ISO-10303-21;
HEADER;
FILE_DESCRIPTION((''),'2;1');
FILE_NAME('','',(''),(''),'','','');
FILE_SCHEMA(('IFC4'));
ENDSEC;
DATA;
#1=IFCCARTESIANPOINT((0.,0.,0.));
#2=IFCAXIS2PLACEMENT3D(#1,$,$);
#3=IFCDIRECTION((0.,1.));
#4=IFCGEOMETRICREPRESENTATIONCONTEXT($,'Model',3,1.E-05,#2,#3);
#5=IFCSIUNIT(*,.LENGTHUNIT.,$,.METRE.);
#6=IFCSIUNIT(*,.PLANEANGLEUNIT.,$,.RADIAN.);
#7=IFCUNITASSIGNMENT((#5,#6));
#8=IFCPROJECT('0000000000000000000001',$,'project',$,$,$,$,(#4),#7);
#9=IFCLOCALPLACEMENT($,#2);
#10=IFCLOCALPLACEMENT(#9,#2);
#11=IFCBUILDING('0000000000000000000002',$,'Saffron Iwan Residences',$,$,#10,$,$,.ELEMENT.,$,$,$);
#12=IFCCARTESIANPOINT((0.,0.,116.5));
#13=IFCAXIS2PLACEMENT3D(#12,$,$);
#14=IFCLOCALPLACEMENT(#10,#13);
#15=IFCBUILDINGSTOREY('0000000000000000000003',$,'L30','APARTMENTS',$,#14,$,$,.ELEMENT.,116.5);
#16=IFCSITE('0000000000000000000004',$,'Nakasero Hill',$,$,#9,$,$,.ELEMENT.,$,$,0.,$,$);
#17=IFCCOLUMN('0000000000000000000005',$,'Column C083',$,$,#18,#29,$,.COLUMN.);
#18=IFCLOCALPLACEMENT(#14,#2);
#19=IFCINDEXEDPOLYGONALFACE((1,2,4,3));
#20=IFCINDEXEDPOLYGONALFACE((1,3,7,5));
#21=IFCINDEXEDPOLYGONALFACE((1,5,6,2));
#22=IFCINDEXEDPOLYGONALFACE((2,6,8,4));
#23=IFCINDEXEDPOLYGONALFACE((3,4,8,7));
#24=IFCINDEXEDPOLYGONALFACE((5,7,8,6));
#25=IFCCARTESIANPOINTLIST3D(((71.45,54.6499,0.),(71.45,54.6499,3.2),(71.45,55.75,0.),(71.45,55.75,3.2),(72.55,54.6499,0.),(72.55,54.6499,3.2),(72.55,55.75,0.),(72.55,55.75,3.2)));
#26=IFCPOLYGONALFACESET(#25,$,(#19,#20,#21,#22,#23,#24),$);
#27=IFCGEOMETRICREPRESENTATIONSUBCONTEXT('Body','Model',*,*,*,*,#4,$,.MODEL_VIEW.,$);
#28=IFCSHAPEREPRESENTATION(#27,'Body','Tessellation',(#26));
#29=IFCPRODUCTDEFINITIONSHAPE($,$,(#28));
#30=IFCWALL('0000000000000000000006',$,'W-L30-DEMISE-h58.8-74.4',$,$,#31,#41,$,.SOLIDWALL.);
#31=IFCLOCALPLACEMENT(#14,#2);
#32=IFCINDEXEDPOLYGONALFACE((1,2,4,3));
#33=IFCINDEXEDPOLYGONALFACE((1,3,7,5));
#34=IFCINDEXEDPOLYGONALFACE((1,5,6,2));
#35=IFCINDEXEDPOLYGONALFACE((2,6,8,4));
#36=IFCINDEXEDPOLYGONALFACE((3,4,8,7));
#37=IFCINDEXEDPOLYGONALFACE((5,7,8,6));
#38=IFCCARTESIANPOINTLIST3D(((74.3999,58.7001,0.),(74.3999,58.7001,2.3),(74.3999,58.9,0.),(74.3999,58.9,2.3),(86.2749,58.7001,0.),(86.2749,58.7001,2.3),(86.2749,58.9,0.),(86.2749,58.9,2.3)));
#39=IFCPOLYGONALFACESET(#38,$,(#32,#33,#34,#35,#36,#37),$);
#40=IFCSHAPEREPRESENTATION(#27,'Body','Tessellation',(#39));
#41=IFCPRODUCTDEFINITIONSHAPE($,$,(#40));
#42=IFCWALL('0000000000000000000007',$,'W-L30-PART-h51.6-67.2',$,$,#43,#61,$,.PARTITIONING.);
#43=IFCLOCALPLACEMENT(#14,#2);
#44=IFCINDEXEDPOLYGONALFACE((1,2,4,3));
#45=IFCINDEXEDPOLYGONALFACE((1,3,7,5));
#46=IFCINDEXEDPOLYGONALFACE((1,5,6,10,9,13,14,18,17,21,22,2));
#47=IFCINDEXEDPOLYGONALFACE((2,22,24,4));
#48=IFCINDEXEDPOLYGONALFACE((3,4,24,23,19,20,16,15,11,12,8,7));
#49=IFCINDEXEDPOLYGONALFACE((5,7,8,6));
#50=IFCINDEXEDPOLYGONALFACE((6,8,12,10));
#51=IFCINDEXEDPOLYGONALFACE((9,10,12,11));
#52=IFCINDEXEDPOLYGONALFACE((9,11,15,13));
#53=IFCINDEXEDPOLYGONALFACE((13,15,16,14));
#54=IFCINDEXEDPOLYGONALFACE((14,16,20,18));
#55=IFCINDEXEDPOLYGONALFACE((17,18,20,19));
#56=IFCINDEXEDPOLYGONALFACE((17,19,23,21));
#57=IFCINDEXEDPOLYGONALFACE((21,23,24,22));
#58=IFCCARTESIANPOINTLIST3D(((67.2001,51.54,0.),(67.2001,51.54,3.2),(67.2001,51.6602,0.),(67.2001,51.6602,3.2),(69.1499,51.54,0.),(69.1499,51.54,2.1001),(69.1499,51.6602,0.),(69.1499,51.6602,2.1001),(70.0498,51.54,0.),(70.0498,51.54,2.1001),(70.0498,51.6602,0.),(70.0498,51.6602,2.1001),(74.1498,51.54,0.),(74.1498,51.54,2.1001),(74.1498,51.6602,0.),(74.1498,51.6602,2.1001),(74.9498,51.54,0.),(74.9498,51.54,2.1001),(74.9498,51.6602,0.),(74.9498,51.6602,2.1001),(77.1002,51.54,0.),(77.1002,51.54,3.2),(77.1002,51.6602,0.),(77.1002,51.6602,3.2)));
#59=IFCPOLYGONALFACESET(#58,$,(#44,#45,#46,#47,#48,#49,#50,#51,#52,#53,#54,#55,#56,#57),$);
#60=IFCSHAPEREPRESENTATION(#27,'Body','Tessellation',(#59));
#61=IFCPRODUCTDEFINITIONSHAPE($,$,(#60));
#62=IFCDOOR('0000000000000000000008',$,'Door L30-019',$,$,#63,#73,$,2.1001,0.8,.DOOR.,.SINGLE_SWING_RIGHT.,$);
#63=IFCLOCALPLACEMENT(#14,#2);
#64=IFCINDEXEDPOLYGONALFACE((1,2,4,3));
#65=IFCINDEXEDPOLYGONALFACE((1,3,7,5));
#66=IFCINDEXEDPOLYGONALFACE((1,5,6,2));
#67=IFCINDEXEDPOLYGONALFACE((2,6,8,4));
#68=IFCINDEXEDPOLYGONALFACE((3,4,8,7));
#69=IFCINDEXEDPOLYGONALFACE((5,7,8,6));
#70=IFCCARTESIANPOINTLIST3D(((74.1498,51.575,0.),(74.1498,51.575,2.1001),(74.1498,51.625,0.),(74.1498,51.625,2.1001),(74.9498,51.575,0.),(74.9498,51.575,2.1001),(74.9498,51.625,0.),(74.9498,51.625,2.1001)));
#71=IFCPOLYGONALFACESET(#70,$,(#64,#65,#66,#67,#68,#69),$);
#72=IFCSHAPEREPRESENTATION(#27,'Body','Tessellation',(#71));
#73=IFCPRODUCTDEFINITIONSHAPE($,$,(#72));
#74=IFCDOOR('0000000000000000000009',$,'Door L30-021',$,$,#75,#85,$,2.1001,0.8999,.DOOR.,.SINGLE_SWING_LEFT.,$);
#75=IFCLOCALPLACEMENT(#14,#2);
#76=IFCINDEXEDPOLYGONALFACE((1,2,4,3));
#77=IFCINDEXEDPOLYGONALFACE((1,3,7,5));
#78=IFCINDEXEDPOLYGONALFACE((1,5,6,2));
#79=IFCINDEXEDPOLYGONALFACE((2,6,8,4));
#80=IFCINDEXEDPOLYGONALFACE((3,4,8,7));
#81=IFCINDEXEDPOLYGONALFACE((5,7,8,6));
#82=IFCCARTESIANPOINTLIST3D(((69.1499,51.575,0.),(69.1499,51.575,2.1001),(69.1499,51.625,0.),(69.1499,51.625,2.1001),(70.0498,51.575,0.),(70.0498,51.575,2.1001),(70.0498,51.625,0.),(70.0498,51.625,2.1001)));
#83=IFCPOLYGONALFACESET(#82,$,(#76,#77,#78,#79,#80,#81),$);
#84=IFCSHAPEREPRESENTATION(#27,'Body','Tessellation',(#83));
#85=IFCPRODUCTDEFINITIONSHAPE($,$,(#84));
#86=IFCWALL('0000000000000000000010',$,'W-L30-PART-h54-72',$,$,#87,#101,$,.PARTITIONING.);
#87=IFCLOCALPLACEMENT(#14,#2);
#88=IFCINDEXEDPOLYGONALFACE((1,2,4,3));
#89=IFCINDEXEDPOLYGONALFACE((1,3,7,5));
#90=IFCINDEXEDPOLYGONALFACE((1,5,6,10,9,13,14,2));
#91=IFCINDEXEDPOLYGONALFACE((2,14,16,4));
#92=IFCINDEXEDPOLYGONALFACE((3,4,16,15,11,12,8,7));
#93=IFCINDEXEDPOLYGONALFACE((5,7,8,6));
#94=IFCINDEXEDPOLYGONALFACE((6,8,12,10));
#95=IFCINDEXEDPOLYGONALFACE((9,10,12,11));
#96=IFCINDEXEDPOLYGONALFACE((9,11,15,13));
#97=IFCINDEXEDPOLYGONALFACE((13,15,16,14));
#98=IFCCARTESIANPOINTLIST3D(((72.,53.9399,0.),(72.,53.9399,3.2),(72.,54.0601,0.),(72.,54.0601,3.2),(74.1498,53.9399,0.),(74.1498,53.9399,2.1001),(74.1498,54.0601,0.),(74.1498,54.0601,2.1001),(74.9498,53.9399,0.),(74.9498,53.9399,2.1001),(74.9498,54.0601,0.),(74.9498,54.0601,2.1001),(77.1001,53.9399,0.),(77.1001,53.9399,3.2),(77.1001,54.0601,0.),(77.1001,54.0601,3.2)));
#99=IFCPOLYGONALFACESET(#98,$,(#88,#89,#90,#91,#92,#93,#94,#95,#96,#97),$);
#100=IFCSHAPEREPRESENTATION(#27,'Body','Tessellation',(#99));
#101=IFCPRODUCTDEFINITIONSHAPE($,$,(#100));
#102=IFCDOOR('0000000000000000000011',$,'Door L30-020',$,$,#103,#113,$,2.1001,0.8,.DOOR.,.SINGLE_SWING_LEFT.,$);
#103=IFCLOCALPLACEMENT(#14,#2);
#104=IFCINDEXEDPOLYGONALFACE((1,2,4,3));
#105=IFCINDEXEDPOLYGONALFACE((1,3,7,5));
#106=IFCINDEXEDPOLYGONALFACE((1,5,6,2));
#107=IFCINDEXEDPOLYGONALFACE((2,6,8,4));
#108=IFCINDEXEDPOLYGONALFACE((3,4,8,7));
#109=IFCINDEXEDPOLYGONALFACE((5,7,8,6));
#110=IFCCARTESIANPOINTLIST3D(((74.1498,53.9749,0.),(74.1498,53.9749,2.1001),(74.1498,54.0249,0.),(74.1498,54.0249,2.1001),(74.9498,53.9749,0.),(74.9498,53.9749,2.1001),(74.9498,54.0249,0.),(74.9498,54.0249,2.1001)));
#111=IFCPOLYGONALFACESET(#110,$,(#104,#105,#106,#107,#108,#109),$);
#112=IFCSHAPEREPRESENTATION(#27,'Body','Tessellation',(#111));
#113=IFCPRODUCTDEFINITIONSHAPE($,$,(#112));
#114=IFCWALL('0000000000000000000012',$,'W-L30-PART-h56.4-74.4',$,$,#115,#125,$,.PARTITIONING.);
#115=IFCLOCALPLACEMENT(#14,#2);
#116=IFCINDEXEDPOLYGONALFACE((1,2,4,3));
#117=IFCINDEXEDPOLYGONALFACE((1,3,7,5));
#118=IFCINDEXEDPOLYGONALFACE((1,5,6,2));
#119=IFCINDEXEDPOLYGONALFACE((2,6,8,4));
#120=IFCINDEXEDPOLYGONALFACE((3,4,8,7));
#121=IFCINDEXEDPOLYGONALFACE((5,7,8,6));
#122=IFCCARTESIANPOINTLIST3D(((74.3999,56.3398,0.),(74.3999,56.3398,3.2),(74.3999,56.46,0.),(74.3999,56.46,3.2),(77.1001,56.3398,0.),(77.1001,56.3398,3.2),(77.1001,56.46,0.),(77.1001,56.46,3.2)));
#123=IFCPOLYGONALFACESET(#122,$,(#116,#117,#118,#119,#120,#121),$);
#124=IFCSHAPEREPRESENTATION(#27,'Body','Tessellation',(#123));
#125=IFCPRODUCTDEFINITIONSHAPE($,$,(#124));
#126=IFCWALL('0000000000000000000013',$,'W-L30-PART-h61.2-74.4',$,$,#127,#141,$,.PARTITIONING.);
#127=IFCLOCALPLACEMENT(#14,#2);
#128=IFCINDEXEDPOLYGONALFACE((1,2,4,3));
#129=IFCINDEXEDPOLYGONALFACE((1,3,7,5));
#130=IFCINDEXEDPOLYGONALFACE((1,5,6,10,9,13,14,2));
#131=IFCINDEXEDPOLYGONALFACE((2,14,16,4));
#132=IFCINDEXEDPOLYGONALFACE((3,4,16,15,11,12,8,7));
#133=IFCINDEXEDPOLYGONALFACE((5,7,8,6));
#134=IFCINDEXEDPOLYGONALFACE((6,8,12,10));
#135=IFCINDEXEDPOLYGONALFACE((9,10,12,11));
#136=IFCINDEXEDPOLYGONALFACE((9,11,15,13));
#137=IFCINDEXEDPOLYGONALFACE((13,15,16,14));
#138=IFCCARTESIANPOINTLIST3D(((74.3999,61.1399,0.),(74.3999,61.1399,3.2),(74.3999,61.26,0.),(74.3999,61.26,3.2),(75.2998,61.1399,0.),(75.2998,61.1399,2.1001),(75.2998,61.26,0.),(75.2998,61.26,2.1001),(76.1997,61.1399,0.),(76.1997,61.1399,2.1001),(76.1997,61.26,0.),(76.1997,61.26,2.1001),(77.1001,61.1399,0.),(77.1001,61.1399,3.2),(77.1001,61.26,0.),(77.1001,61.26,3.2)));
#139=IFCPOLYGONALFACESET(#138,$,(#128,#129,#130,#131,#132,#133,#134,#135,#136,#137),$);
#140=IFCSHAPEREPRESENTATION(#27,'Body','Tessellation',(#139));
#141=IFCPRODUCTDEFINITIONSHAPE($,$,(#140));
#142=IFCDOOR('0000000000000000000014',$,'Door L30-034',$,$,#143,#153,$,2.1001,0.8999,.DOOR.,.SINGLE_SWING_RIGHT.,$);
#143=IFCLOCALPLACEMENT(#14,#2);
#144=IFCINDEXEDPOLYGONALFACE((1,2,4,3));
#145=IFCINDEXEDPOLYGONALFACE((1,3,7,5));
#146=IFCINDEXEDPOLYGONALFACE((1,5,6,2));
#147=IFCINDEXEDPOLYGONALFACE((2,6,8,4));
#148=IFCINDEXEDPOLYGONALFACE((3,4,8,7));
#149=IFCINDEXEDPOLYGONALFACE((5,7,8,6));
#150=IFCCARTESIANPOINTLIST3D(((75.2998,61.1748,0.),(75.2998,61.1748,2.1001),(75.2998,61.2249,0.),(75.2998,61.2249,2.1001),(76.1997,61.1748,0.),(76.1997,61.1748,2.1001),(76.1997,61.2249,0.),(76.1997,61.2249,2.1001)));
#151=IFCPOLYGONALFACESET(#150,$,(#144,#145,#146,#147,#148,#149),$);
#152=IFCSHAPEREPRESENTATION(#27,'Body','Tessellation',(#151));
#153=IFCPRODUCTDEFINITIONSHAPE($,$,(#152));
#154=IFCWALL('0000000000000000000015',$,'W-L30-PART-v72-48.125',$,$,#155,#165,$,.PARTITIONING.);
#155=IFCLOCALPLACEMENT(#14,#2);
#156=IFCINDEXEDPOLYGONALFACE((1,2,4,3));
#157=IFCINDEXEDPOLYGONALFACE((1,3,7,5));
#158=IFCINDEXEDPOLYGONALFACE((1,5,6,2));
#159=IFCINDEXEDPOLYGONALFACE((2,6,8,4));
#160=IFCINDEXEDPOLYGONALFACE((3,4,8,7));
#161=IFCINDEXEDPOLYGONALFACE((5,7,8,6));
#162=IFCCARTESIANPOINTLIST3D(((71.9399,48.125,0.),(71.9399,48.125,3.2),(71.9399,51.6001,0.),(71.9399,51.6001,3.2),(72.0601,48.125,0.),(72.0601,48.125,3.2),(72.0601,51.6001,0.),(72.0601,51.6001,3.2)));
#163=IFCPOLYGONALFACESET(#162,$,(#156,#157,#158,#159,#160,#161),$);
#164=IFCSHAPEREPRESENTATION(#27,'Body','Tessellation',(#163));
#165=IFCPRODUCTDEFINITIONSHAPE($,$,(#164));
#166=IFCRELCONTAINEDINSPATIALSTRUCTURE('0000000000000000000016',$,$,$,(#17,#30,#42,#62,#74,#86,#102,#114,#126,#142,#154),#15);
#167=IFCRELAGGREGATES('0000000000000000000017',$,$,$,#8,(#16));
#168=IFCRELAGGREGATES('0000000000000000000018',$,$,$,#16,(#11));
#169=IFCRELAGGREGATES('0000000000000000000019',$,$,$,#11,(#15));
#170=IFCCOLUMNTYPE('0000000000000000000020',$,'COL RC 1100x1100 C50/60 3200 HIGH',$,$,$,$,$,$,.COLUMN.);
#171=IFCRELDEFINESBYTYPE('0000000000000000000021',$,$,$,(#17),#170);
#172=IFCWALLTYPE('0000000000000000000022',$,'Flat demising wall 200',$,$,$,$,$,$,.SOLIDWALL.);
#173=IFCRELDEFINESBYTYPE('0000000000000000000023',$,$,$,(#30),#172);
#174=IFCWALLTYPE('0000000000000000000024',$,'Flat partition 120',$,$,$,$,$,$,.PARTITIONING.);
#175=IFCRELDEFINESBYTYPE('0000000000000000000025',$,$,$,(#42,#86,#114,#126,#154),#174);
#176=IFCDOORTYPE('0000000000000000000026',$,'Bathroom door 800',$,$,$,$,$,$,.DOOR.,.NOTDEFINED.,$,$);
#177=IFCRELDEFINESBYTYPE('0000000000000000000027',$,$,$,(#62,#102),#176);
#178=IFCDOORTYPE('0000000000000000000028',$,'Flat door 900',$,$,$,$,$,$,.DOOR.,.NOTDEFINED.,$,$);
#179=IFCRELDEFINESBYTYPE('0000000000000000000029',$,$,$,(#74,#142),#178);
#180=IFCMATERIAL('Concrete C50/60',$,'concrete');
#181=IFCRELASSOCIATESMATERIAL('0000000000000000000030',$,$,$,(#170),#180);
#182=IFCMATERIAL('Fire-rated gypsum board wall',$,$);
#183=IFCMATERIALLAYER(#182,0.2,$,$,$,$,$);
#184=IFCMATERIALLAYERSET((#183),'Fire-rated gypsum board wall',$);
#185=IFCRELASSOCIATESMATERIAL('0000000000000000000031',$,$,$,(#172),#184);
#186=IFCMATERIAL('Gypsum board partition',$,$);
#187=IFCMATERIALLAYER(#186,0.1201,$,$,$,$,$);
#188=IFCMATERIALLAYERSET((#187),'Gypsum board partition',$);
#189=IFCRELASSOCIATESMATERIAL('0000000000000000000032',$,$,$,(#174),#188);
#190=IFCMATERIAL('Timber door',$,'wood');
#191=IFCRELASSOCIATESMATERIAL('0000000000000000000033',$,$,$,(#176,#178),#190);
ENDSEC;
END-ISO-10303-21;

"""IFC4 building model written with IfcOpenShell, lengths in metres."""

from ifc_helpers import new_model, si_unit, direction, frame, frame_2d, origin, origin_2d, place, context, subcontext, project, spatial, rectangle, extrude, source, transform, mapped, material, layer, layer_set, material_profile, profile_set, type_object, element, fill, save


model = new_model("IFC4")

# Units and contexts
model_context = context("Model", 3, precision=1e-05, world=origin(), true_north=direction((0.0, 1.0)))
body_context = subcontext(model_context, "Body", "Model", "MODEL_VIEW")
ifc_project = project(units=[si_unit("LENGTHUNIT", "METRE"), si_unit("PLANEANGLEUNIT", "RADIAN")], contexts=[model_context])

# Site, building, storey
site_placement = place(None, origin())
site = spatial("IfcSite", under=ifc_project, at=site_placement, Name="Nakasero Hill", CompositionType="ELEMENT", RefElevation=0.0)
building_placement = place(site_placement, origin())
building = spatial("IfcBuilding", under=site, at=building_placement, Name="Saffron Iwan Residences", CompositionType="ELEMENT")
storey_placement = place(building_placement, frame((0.0, 0.0, 116.5)))
storey = spatial("IfcBuildingStorey", under=building, at=storey_placement, Name="L30", Description="APARTMENTS", CompositionType="ELEMENT", Elevation=116.5)

# Column
ifc_material_1 = material(Name="Concrete C50/60", Category="concrete")
ifc_material_profile = material_profile(ifc_material_1, rectangle(XDim=1.1001, YDim=1.1001, at=origin_2d()), Name="RC 1100x1100")
ifc_profile_set = profile_set([ifc_material_profile], Name="Concrete C50/60")
column_type = type_object("IfcColumnType", Name="COL RC 1100x1100 C50/60 3200 HIGH", PredefinedType="COLUMN", material=ifc_profile_set)
shared_shape = source(origin(), body_context, "Body", "SweptSolid", [
    extrude(rectangle(XDim=1.1001, YDim=1.1001, at=origin_2d()), origin(), (0.0, 0.0, 1.0), 3.2),
])
column_placement = place(storey_placement, frame((72.0, 55.2, 0.0), z_axis=(0.0, 0.0, 1.0), x_axis=(1.0, 0.0, 0.0)))
element("IfcColumn", 1, at=column_placement, inside=storey, type_object=column_type, Name="Column C083", PredefinedType="COLUMN", context=body_context, shape_type="MappedRepresentation", body=[
    mapped(shared_shape, transform((0.0, 0.0, 0.0))),
])

# Wall
ifc_material_2 = material(Name="Fire-rated gypsum board wall")
ifc_layer_1 = layer(ifc_material_2, 0.2)
ifc_layer_set_1 = layer_set([ifc_layer_1], Name="Fire-rated gypsum board wall")
wall_type_1 = type_object("IfcWallType", Name="Flat demising wall 200", PredefinedType="SOLIDWALL", material=ifc_layer_set_1)
wall_1_placement = place(storey_placement, frame((74.3999, 58.8, 0.0), z_axis=(0.0, 0.0, 1.0), x_axis=(1.0, 0.0, 0.0)))
element("IfcWall", 2, at=wall_1_placement, inside=storey, type_object=wall_type_1, Name="W-L30-DEMISE-h58.8-74.4", PredefinedType="SOLIDWALL", context=body_context, shape_type="SweptSolid", body=[
    extrude(rectangle(XDim=11.875, YDim=0.2, at=frame_2d((5.9375, 0.0))), origin(), (0.0, 0.0, 1.0), 2.3),
])

# Wall, openings, doors
ifc_material_3 = material(Name="Gypsum board partition")
ifc_layer_2 = layer(ifc_material_3, 0.1201)
ifc_layer_set_2 = layer_set([ifc_layer_2], Name="Gypsum board partition")
wall_type_2 = type_object("IfcWallType", Name="Flat partition 120", PredefinedType="PARTITIONING", material=ifc_layer_set_2)
wall_2_placement = place(storey_placement, frame((67.2, 51.6001, 0.0), z_axis=(0.0, 0.0, 1.0), x_axis=(1.0, 0.0, 0.0)))
wall_2 = element("IfcWall", 3, at=wall_2_placement, inside=storey, type_object=wall_type_2, Name="W-L30-PART-h51.6-67.2", PredefinedType="PARTITIONING", context=body_context, shape_type="SweptSolid", body=[
    extrude(rectangle(XDim=9.9001, YDim=0.1201, at=frame_2d((4.9502, 0.0))), origin(), (0.0, 0.0, 1.0), 3.2),
])
opening_1_placement = place(wall_2_placement, frame((6.95, 0.0, 0.0)))
opening_1 = element("IfcOpeningElement", 4, at=opening_1_placement, cuts=wall_2, PredefinedType="OPENING", context=body_context, shape_type="SweptSolid", body=[
    extrude(rectangle(XDim=0.8, YDim=2.1001, at=frame_2d((0.3999, 1.05))), frame((0.0, 0.0701, 0.0), z_axis=(0.0, -1.0, 0.0), x_axis=(1.0, 0.0, 0.0)), (0.0, 0.0, 1.0), 0.1401),
])
opening_2_placement = place(wall_2_placement, frame((1.95, 0.0, 0.0)))
opening_2 = element("IfcOpeningElement", 5, at=opening_2_placement, cuts=wall_2, PredefinedType="OPENING", context=body_context, shape_type="SweptSolid", body=[
    extrude(rectangle(XDim=0.8999, YDim=2.1001, at=frame_2d((0.45, 1.05))), frame((0.0, 0.0701, 0.0), z_axis=(0.0, -1.0, 0.0), x_axis=(1.0, 0.0, 0.0)), (0.0, 0.0, 1.0), 0.1401),
])
ifc_material_4 = material(Name="Timber door", Category="wood")
door_type_1 = type_object("IfcDoorType", Name="Bathroom door 800", OperationType="NOTDEFINED", PredefinedType="DOOR", material=ifc_material_4)
door_1_placement = place(opening_1_placement, origin())
door_1 = element("IfcDoor", 6, at=door_1_placement, inside=storey, type_object=door_type_1, Name="Door L30-019", OperationType="SINGLE_SWING_RIGHT", OverallHeight=2.1001, OverallWidth=0.8, PredefinedType="DOOR", context=body_context, shape_type="SweptSolid", body=[
    extrude(rectangle(XDim=0.8, YDim=2.1001, at=frame_2d((0.3999, 1.05))), frame((0.0, 0.0249, 0.0), z_axis=(0.0, -1.0, 0.0), x_axis=(1.0, 0.0, 0.0)), (0.0, 0.0, 1.0), 0.05),
])
fill(opening_1, door_1)
door_type_2 = type_object("IfcDoorType", Name="Flat door 900", OperationType="NOTDEFINED", PredefinedType="DOOR", material=ifc_material_4)
door_2_placement = place(opening_2_placement, origin())
door_2 = element("IfcDoor", 7, at=door_2_placement, inside=storey, type_object=door_type_2, Name="Door L30-021", OperationType="SINGLE_SWING_LEFT", OverallHeight=2.1001, OverallWidth=0.8999, PredefinedType="DOOR", context=body_context, shape_type="SweptSolid", body=[
    extrude(rectangle(XDim=0.8999, YDim=2.1001, at=frame_2d((0.45, 1.05))), frame((0.0, 0.0249, 0.0), z_axis=(0.0, -1.0, 0.0), x_axis=(1.0, 0.0, 0.0)), (0.0, 0.0, 1.0), 0.05),
])
fill(opening_2, door_2)

# Wall, opening, door
wall_3_placement = place(storey_placement, frame((72.0, 54.0, 0.0), z_axis=(0.0, 0.0, 1.0), x_axis=(1.0, 0.0, 0.0)))
wall_3 = element("IfcWall", 8, at=wall_3_placement, inside=storey, type_object=wall_type_2, Name="W-L30-PART-h54-72", PredefinedType="PARTITIONING", context=body_context, shape_type="SweptSolid", body=[
    extrude(rectangle(XDim=5.1001, YDim=0.1201, at=frame_2d((2.55, 0.0))), origin(), (0.0, 0.0, 1.0), 3.2),
])
opening_3_placement = place(wall_3_placement, frame((2.1499, 0.0, 0.0)))
opening_3 = element("IfcOpeningElement", 9, at=opening_3_placement, cuts=wall_3, PredefinedType="OPENING", context=body_context, shape_type="SweptSolid", body=[
    extrude(rectangle(XDim=0.8, YDim=2.1001, at=frame_2d((0.3999, 1.05))), frame((0.0, 0.0701, 0.0), z_axis=(0.0, -1.0, 0.0), x_axis=(1.0, 0.0, 0.0)), (0.0, 0.0, 1.0), 0.1401),
])
door_3_placement = place(opening_3_placement, origin())
door_3 = element("IfcDoor", 10, at=door_3_placement, inside=storey, type_object=door_type_1, Name="Door L30-020", OperationType="SINGLE_SWING_LEFT", OverallHeight=2.1001, OverallWidth=0.8, PredefinedType="DOOR", context=body_context, shape_type="SweptSolid", body=[
    extrude(rectangle(XDim=0.8, YDim=2.1001, at=frame_2d((0.3999, 1.05))), frame((0.0, 0.0249, 0.0), z_axis=(0.0, -1.0, 0.0), x_axis=(1.0, 0.0, 0.0)), (0.0, 0.0, 1.0), 0.05),
])
fill(opening_3, door_3)

# Wall
wall_4_placement = place(storey_placement, frame((74.3999, 56.3999, 0.0), z_axis=(0.0, 0.0, 1.0), x_axis=(1.0, 0.0, 0.0)))
element("IfcWall", 11, at=wall_4_placement, inside=storey, type_object=wall_type_2, Name="W-L30-PART-h56.4-74.4", PredefinedType="PARTITIONING", context=body_context, shape_type="SweptSolid", body=[
    extrude(rectangle(XDim=2.7002, YDim=0.1201, at=frame_2d((1.3501, 0.0))), origin(), (0.0, 0.0, 1.0), 3.2),
])

# Wall, opening, door
wall_5_placement = place(storey_placement, frame((74.3999, 61.2, 0.0), z_axis=(0.0, 0.0, 1.0), x_axis=(1.0, 0.0, 0.0)))
wall_5 = element("IfcWall", 12, at=wall_5_placement, inside=storey, type_object=wall_type_2, Name="W-L30-PART-h61.2-74.4", PredefinedType="PARTITIONING", context=body_context, shape_type="SweptSolid", body=[
    extrude(rectangle(XDim=2.7002, YDim=0.1201, at=frame_2d((1.3501, 0.0))), origin(), (0.0, 0.0, 1.0), 3.2),
])
opening_4_placement = place(wall_5_placement, frame((0.8999, 0.0, 0.0)))
opening_4 = element("IfcOpeningElement", 13, at=opening_4_placement, cuts=wall_5, PredefinedType="OPENING", context=body_context, shape_type="SweptSolid", body=[
    extrude(rectangle(XDim=0.8999, YDim=2.1001, at=frame_2d((0.45, 1.05))), frame((0.0, 0.0701, 0.0), z_axis=(0.0, -1.0, 0.0), x_axis=(1.0, 0.0, 0.0)), (0.0, 0.0, 1.0), 0.1401),
])
door_4_placement = place(opening_4_placement, origin())
door_4 = element("IfcDoor", 14, at=door_4_placement, inside=storey, type_object=door_type_2, Name="Door L30-034", OperationType="SINGLE_SWING_RIGHT", OverallHeight=2.1001, OverallWidth=0.8999, PredefinedType="DOOR", context=body_context, shape_type="SweptSolid", body=[
    extrude(rectangle(XDim=0.8999, YDim=2.1001, at=frame_2d((0.45, 1.05))), frame((0.0, 0.0249, 0.0), z_axis=(0.0, -1.0, 0.0), x_axis=(1.0, 0.0, 0.0)), (0.0, 0.0, 1.0), 0.05),
])
fill(opening_4, door_4)

# Wall
wall_6_placement = place(storey_placement, frame((72.0, 48.125, 0.0), z_axis=(0.0, 0.0, 1.0), x_axis=(0.0, 1.0, 0.0)))
element("IfcWall", 15, at=wall_6_placement, inside=storey, type_object=wall_type_2, Name="W-L30-PART-v72-48.125", PredefinedType="PARTITIONING", context=body_context, shape_type="SweptSolid", body=[
    extrude(rectangle(XDim=3.4751, YDim=0.1201, at=frame_2d((1.7375, 0.0))), origin(), (0.0, 0.0, 1.0), 3.2),
])

save(model, "model.ifc")
